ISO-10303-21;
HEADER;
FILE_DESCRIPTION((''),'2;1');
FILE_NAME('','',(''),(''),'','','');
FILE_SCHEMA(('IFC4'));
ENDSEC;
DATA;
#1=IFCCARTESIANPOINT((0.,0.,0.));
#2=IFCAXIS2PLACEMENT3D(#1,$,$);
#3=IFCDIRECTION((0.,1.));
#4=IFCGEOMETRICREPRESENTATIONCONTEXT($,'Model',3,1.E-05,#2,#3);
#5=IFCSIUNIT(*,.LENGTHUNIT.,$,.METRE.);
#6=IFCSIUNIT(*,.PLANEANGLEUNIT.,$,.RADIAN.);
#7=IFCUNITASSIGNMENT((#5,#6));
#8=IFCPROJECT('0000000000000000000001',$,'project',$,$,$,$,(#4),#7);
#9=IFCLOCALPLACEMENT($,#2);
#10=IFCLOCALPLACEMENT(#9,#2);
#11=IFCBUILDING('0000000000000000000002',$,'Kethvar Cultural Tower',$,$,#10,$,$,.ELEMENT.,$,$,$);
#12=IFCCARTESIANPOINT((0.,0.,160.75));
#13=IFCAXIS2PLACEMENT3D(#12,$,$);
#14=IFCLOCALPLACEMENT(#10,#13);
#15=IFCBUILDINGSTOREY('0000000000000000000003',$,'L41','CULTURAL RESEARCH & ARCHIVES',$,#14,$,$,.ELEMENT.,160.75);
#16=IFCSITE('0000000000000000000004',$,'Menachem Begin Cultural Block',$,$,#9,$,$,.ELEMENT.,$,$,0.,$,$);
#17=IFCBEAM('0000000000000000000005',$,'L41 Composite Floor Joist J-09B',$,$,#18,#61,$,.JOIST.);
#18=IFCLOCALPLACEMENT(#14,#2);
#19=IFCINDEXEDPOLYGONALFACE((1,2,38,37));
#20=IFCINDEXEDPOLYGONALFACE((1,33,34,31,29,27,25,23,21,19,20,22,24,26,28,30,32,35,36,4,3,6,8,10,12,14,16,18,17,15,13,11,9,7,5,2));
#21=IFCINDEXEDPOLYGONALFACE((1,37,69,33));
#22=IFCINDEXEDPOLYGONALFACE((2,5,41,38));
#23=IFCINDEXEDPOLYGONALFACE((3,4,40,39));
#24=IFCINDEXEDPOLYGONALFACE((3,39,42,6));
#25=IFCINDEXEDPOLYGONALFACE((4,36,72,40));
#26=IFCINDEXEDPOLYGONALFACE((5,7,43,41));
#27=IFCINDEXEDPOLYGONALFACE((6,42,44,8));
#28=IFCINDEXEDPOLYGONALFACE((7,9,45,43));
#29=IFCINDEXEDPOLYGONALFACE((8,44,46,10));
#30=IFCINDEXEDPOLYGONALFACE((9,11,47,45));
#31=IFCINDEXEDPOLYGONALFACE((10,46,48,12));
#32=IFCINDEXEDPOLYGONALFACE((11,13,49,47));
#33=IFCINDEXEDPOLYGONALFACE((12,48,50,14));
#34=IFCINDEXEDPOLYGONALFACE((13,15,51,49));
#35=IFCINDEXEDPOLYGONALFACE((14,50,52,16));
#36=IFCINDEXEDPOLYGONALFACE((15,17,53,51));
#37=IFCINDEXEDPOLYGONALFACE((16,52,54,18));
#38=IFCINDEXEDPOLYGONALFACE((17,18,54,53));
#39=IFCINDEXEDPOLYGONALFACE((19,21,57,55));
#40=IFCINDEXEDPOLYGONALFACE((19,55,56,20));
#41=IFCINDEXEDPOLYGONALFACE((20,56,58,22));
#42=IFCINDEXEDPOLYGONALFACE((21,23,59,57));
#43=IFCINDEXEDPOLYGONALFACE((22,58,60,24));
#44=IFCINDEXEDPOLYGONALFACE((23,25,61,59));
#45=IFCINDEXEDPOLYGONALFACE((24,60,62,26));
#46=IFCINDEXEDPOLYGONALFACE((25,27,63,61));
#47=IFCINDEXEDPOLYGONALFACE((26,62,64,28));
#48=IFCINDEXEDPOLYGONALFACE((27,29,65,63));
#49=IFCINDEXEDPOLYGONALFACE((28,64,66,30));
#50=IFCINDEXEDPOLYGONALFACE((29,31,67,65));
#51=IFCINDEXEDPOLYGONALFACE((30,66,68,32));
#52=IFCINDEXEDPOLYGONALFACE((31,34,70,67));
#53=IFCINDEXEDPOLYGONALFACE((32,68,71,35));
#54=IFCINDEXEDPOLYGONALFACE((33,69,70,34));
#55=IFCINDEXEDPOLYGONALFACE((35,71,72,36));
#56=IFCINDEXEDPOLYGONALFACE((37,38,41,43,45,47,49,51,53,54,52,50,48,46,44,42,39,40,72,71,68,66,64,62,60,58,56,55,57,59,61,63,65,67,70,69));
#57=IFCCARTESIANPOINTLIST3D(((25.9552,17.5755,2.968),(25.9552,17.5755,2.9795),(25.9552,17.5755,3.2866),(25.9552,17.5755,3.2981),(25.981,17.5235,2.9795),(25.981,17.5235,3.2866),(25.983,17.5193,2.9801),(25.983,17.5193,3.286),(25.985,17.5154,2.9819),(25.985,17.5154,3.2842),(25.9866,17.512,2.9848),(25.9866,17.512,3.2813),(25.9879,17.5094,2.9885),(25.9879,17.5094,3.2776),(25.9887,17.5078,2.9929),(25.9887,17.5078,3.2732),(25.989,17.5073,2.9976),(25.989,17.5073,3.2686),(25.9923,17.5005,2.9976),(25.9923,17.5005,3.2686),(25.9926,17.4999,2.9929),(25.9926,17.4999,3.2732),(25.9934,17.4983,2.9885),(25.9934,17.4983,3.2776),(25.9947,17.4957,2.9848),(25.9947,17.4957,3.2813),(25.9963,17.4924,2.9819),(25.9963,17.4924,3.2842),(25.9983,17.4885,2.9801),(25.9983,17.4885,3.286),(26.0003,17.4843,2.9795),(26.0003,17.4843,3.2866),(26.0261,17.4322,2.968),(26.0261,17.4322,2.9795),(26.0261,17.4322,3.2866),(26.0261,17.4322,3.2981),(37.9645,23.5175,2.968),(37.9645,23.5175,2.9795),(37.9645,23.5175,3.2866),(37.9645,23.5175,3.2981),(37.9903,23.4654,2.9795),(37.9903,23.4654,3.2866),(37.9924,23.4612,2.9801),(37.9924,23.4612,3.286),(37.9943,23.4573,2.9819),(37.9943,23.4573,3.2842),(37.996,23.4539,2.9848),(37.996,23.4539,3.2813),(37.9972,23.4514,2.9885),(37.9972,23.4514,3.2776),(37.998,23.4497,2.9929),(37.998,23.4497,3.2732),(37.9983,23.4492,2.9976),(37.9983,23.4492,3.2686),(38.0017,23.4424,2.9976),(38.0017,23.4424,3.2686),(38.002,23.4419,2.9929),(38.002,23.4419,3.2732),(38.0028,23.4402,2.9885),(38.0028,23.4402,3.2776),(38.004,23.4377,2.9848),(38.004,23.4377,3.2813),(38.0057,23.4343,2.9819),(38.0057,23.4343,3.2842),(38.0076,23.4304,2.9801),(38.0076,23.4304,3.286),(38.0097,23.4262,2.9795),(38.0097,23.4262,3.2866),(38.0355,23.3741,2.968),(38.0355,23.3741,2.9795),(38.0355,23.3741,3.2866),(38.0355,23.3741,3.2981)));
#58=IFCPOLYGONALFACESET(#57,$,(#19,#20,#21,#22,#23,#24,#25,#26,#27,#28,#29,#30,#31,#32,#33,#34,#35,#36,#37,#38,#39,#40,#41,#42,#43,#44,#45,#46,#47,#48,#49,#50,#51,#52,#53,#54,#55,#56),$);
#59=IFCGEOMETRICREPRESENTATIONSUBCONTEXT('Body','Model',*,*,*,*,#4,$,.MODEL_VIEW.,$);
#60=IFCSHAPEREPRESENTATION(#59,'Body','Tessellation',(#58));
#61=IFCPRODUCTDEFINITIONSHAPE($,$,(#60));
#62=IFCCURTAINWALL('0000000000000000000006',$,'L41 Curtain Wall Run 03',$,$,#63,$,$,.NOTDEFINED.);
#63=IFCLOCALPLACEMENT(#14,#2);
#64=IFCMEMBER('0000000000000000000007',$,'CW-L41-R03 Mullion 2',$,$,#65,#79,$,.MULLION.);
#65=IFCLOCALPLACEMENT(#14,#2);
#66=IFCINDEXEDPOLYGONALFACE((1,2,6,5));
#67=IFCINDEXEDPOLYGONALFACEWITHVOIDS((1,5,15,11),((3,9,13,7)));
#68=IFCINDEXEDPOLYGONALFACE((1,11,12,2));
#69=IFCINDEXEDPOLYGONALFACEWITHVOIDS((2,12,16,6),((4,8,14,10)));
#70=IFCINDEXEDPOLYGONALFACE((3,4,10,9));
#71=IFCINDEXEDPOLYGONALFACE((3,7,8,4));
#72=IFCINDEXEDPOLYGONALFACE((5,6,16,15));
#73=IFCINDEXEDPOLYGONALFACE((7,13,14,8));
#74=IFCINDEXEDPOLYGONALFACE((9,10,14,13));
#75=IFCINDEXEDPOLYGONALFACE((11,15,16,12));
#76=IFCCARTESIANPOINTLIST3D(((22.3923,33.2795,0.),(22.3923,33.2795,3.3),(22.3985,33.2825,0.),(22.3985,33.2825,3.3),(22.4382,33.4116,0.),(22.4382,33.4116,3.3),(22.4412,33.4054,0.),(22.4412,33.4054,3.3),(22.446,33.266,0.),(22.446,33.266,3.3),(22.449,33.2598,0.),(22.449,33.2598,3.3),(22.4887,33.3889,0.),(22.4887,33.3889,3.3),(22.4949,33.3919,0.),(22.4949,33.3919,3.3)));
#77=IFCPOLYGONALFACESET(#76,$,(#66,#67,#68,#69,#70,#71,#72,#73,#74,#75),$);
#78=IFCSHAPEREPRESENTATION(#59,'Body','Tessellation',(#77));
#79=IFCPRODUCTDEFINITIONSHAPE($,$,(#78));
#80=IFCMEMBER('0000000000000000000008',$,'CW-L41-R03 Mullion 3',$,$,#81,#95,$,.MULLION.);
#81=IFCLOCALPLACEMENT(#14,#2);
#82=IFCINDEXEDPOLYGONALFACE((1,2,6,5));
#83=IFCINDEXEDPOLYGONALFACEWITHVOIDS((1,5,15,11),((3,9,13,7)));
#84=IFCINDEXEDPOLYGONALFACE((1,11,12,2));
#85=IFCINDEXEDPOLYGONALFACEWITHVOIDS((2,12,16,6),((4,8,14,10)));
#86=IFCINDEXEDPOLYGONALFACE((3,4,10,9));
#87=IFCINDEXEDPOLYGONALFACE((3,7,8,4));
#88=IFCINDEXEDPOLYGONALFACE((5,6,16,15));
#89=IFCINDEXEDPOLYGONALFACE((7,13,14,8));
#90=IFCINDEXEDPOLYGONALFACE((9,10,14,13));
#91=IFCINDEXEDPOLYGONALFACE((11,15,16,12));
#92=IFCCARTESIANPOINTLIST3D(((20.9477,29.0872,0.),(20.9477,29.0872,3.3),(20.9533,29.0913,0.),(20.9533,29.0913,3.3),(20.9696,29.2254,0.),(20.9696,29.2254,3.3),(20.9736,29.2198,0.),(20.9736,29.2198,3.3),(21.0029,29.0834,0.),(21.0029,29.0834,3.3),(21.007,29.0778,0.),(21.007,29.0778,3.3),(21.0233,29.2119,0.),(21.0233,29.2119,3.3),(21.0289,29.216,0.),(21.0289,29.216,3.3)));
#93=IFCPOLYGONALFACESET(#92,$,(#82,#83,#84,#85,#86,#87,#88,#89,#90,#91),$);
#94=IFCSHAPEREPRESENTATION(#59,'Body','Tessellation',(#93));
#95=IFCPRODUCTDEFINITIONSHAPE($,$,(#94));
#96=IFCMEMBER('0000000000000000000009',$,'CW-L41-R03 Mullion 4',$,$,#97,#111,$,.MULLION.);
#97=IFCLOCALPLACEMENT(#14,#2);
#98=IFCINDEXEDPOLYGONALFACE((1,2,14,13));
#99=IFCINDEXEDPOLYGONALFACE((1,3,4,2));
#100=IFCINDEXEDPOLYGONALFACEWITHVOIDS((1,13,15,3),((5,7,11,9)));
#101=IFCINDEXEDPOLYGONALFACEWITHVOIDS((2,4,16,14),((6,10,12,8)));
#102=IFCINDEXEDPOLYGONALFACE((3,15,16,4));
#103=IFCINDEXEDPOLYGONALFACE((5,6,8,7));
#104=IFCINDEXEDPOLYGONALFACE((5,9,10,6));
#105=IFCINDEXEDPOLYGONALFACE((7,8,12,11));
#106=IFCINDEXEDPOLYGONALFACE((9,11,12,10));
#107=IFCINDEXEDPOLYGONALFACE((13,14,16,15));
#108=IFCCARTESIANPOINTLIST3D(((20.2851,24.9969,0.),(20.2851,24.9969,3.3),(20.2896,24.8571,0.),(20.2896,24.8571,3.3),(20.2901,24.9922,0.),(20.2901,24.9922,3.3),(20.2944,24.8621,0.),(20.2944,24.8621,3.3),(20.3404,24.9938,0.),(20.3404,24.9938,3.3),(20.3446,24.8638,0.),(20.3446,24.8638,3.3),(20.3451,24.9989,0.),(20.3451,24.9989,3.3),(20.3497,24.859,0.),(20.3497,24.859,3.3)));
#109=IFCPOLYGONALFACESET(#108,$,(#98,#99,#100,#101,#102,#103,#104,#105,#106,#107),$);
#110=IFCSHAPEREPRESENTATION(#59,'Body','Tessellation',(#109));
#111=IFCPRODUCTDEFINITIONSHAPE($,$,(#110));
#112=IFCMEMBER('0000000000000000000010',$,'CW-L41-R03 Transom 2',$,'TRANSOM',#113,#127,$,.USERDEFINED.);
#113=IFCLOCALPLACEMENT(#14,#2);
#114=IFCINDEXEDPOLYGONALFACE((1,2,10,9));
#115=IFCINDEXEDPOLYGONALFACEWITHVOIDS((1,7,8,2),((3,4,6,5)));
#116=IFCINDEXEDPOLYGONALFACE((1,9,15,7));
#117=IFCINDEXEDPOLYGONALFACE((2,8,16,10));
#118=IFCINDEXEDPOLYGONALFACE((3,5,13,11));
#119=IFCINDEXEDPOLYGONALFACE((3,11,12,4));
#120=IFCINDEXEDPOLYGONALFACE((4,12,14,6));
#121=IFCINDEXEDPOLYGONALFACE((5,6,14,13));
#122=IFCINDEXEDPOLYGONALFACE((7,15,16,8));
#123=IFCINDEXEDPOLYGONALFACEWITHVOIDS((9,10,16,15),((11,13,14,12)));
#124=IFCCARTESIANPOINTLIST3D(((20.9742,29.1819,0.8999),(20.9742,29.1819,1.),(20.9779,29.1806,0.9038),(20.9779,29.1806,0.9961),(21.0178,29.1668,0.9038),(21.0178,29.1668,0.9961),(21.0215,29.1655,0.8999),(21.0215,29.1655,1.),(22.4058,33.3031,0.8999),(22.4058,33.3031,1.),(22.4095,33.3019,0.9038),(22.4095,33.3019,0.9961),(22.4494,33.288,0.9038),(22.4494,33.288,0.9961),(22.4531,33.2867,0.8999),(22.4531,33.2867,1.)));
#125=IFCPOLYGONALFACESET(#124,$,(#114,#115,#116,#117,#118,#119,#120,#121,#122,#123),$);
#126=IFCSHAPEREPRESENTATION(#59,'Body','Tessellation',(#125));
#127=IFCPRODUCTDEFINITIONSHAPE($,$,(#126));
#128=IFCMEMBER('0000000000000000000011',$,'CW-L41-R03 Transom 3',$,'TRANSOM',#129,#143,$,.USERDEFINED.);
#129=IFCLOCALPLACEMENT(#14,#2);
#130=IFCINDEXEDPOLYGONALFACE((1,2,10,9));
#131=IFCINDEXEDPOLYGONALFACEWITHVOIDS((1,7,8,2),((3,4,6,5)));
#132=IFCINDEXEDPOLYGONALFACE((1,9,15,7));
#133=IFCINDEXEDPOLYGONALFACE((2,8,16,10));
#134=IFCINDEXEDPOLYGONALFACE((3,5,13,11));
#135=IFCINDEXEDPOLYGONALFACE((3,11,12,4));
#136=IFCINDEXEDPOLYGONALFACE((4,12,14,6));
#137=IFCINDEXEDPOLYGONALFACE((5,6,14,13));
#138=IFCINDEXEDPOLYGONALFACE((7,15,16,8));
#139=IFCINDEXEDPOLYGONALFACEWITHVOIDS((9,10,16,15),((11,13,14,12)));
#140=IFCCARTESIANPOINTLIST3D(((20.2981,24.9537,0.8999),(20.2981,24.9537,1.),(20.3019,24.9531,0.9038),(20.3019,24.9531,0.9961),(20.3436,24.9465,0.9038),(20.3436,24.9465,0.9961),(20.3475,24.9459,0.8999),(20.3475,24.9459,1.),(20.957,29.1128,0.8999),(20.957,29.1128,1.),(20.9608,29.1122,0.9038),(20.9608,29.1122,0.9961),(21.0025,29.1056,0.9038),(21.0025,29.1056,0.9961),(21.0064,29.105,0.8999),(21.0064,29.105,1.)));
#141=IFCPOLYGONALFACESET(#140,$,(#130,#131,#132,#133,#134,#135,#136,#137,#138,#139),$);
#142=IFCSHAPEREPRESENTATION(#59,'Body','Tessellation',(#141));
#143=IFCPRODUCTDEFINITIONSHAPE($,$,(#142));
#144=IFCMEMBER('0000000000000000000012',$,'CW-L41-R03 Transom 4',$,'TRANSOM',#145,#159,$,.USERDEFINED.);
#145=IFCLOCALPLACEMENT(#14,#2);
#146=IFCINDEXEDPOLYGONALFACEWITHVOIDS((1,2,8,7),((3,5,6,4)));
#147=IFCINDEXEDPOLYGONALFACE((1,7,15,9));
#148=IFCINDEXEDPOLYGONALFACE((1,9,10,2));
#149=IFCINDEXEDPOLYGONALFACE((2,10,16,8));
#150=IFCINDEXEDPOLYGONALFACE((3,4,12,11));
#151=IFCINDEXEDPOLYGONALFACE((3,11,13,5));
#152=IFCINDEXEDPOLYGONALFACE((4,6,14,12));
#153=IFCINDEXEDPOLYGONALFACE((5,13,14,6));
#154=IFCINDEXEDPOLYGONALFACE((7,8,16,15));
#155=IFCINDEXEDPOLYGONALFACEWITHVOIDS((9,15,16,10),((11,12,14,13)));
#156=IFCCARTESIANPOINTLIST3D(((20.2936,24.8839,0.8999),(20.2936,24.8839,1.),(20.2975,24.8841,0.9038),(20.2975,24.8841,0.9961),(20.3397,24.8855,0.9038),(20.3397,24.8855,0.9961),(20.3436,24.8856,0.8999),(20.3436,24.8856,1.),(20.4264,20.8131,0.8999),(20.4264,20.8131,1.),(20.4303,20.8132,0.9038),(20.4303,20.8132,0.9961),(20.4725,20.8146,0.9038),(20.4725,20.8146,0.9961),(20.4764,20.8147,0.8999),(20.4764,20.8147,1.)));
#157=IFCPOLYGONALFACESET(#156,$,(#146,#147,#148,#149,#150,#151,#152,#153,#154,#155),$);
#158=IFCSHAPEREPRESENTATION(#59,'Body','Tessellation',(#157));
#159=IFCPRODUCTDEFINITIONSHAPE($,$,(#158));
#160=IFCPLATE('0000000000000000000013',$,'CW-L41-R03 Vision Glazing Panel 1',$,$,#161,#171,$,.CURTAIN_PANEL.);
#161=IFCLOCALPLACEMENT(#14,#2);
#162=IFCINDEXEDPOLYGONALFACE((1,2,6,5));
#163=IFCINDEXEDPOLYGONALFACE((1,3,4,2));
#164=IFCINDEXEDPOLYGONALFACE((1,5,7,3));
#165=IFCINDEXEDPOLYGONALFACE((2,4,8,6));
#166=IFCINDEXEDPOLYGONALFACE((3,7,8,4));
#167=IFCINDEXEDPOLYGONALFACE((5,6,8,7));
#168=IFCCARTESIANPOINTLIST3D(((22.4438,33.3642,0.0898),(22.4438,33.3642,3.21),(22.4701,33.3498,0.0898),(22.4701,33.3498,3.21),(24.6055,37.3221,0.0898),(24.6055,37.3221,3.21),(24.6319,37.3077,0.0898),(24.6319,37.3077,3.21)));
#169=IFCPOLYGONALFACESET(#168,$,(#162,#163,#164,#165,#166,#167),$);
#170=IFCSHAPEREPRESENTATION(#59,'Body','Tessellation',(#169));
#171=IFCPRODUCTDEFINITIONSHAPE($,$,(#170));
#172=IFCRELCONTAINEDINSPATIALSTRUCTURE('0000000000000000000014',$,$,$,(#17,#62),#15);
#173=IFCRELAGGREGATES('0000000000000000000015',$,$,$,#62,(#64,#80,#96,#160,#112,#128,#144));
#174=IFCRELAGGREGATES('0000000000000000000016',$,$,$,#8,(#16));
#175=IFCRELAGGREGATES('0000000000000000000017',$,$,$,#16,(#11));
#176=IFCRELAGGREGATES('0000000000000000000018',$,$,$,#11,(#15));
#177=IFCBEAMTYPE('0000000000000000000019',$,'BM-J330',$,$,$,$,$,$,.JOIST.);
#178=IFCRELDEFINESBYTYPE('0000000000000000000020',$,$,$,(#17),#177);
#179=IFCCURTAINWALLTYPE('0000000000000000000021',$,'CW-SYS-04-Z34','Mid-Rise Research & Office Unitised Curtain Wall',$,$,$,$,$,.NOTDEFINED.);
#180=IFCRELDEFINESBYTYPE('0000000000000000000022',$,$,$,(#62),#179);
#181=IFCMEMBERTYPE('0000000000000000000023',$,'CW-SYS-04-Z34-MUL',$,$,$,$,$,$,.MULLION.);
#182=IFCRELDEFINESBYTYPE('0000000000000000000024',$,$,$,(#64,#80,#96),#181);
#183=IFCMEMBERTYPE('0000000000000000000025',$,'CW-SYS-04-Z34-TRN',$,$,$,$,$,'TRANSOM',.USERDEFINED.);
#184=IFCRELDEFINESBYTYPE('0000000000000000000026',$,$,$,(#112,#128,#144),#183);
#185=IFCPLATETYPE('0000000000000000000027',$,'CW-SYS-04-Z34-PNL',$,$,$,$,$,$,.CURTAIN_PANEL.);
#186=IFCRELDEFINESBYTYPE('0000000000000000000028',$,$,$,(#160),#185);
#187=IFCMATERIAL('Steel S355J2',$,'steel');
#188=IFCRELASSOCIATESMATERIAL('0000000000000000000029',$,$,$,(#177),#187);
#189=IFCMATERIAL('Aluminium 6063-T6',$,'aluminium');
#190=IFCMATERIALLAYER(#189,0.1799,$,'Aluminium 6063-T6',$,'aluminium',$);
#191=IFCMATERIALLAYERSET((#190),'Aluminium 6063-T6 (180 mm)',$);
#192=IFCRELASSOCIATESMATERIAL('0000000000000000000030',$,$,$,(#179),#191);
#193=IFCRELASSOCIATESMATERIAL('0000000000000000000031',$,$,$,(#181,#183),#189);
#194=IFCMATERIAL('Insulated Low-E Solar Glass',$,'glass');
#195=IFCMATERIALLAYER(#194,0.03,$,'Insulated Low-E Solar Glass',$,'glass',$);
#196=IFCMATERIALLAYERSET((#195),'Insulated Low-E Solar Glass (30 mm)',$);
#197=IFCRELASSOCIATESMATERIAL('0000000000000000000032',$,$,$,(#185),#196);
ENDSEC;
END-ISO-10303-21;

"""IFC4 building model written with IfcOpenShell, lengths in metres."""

from ifc_helpers import new_model, si_unit, direction, frame, origin, origin_2d, place, context, subcontext, project, spatial, rectangle, hollow_rectangle, i_section, extrude, source, transform, mapped, material, layer, layer_set, material_profile, profile_set, type_object, element, aggregate, save


model = new_model("IFC4")

# Units and contexts
model_context = context("Model", 3, precision=1e-05, world=origin(), true_north=direction((0.0, 1.0)))
body_context = subcontext(model_context, "Body", "Model", "MODEL_VIEW")
ifc_project = project(units=[si_unit("LENGTHUNIT", "METRE"), si_unit("PLANEANGLEUNIT", "RADIAN")], contexts=[model_context])

# Site, building, storey
site_placement = place(None, origin())
site = spatial("IfcSite", under=ifc_project, at=site_placement, Name="Menachem Begin Cultural Block", CompositionType="ELEMENT", RefElevation=0.0)
building_placement = place(site_placement, origin())
building = spatial("IfcBuilding", under=site, at=building_placement, Name="Kethvar Cultural Tower", CompositionType="ELEMENT")
storey_placement = place(building_placement, frame((0.0, 0.0, 160.75)))
storey = spatial("IfcBuildingStorey", under=building, at=storey_placement, Name="L41", Description="CULTURAL RESEARCH & ARCHIVES", CompositionType="ELEMENT", Elevation=160.75)

# Beam
ifc_material_1 = material(Name="Steel S355J2", Category="steel")
ifc_material_profile_1 = material_profile(ifc_material_1, i_section(OverallWidth=0.1599, OverallDepth=0.3301, WebThickness=0.0076, FlangeThickness=0.0115, FilletRadius=0.0181, at=origin_2d()), Name="Steel S355J2 — IPE330")
ifc_profile_set_1 = profile_set([ifc_material_profile_1], Name="Steel S355J2 — IPE330")
beam_type_1 = type_object("IfcBeamType", Name="BM-J330", PredefinedType="JOIST", material=ifc_profile_set_1)
shared_shape_1 = source(origin(), body_context, "Body", "SweptSolid", [
    extrude(i_section(OverallWidth=0.1599, OverallDepth=0.3301, WebThickness=0.0076, FlangeThickness=0.0115, FilletRadius=0.0181, at=origin_2d()), origin(), (0.0, 0.0, 1.0), 13.3989),
])
beam_1_placement = place(storey_placement, frame((38.0, 23.4458, 3.1331), z_axis=(-0.896292, -0.443463, 0.0), x_axis=(0.443463, -0.896292, 0.0)))
element("IfcBeam", 1, at=beam_1_placement, inside=storey, type_object=beam_type_1, Name="L41 Composite Floor Joist J-09B", PredefinedType="JOIST", context=body_context, shape_type="MappedRepresentation", body=[
    mapped(shared_shape_1, transform((0.0, 0.0, 0.0), scale=1.0)),
])

# Curtain wall, members, plate
ifc_material_2 = material(Name="Aluminium 6063-T6", Category="aluminium")
ifc_layer_1 = layer(ifc_material_2, 0.1799, Name="Aluminium 6063-T6", Category="aluminium")
ifc_layer_set_1 = layer_set([ifc_layer_1], Name="Aluminium 6063-T6 (180 mm)")
curtain_wall_type = type_object("IfcCurtainWallType", Name="CW-SYS-04-Z34", Description="Mid-Rise Research & Office Unitised Curtain Wall", PredefinedType="NOTDEFINED", material=ifc_layer_set_1)
curtain_wall_placement = place(storey_placement, origin())
curtain_wall = element("IfcCurtainWall", 2, at=curtain_wall_placement, inside=storey, type_object=curtain_wall_type, Name="L41 Curtain Wall Run 03", PredefinedType="NOTDEFINED")
ifc_material_profile_2 = material_profile(ifc_material_2, hollow_rectangle(XDim=0.0601, YDim=0.1399, WallThickness=0.0049, at=origin_2d()), Name="Aluminium 6063-T6 — RHS140x60x5")
ifc_profile_set_2 = profile_set([ifc_material_profile_2], Name="Aluminium 6063-T6 — RHS140x60x5")
member_type_1 = type_object("IfcMemberType", Name="CW-SYS-04-Z34-MUL", PredefinedType="MULLION", material=ifc_profile_set_2)
shared_shape_2 = source(origin(), body_context, "Body", "SweptSolid", [
    extrude(hollow_rectangle(XDim=0.0601, YDim=0.1399, WallThickness=0.0049, at=origin_2d()), origin(), (0.0, 0.0, 1.0), 3.3),
])
member_1_placement = place(storey_placement, frame((22.4436, 33.3357, 0.0), z_axis=(0.0, 0.0, 1.0), x_axis=(0.944629, -0.328141, 0.0)))
member_1 = element("IfcMember", 3, at=member_1_placement, type_object=member_type_1, Name="CW-L41-R03 Mullion 2", PredefinedType="MULLION", context=body_context, shape_type="MappedRepresentation", body=[
    mapped(shared_shape_2, transform((0.0, 0.0, 0.0), scale=1.0)),
])
member_2_placement = place(storey_placement, frame((20.9883, 29.1516, 0.0), z_axis=(0.0, 0.0, 1.0), x_axis=(0.987683, -0.156469, 0.0)))
member_2 = element("IfcMember", 4, at=member_2_placement, type_object=member_type_1, Name="CW-L41-R03 Mullion 3", PredefinedType="MULLION", context=body_context, shape_type="MappedRepresentation", body=[
    mapped(shared_shape_2, transform((0.0, 0.0, 0.0), scale=1.0)),
])
member_3_placement = place(storey_placement, frame((20.3174, 24.928, 0.0), z_axis=(0.0, 0.0, 1.0), x_axis=(0.999469, 0.03258, 0.0)))
member_3 = element("IfcMember", 5, at=member_3_placement, type_object=member_type_1, Name="CW-L41-R03 Mullion 4", PredefinedType="MULLION", context=body_context, shape_type="MappedRepresentation", body=[
    mapped(shared_shape_2, transform((0.0, 0.0, 0.0), scale=1.0)),
])
ifc_material_profile_3 = material_profile(ifc_material_2, hollow_rectangle(XDim=0.05, YDim=0.1001, WallThickness=0.0039, at=origin_2d()), Name="Aluminium 6063-T6 — RHS100x50x4")
ifc_profile_set_3 = profile_set([ifc_material_profile_3], Name="Aluminium 6063-T6 — RHS100x50x4")
member_type_2 = type_object("IfcMemberType", Name="CW-SYS-04-Z34-TRN", ElementType="TRANSOM", PredefinedType="USERDEFINED", material=ifc_profile_set_3)
shared_shape_3 = source(origin(), body_context, "Body", "SweptSolid", [
    extrude(hollow_rectangle(XDim=0.05, YDim=0.1001, WallThickness=0.0039, at=origin_2d()), origin(), (0.0, 0.0, 1.0), 4.3628),
])
member_4_placement = place(storey_placement, frame((22.4294, 33.2949, 0.95), z_axis=(-0.328139, -0.94463, 0.0), x_axis=(0.94463, -0.328139, 0.0)))
member_4 = element("IfcMember", 6, at=member_4_placement, type_object=member_type_2, Name="CW-L41-R03 Transom 2", ObjectType="TRANSOM", PredefinedType="USERDEFINED", context=body_context, shape_type="MappedRepresentation", body=[
    mapped(shared_shape_3, transform((0.0, 0.0, 0.0), scale=1.0)),
])
shared_shape_4 = source(origin(), body_context, "Body", "SweptSolid", [
    extrude(hollow_rectangle(XDim=0.05, YDim=0.1001, WallThickness=0.0039, at=origin_2d()), origin(), (0.0, 0.0, 1.0), 4.2109),
])
member_5_placement = place(storey_placement, frame((20.9817, 29.1089, 0.95), z_axis=(-0.156478, -0.987682, 0.0), x_axis=(0.987682, -0.156478, 0.0)))
member_5 = element("IfcMember", 7, at=member_5_placement, type_object=member_type_2, Name="CW-L41-R03 Transom 3", ObjectType="TRANSOM", PredefinedType="USERDEFINED", context=body_context, shape_type="MappedRepresentation", body=[
    mapped(shared_shape_4, transform((0.0, 0.0, 0.0), scale=1.0)),
])
shared_shape_5 = source(origin(), body_context, "Body", "SweptSolid", [
    extrude(hollow_rectangle(XDim=0.05, YDim=0.1001, WallThickness=0.0039, at=origin_2d()), origin(), (0.0, 0.0, 1.0), 4.073),
])
member_6_placement = place(storey_placement, frame((20.3186, 24.8848, 0.95), z_axis=(0.032608, -0.999468, 0.0), x_axis=(0.999468, 0.032608, 0.0)))
member_6 = element("IfcMember", 8, at=member_6_placement, type_object=member_type_2, Name="CW-L41-R03 Transom 4", ObjectType="TRANSOM", PredefinedType="USERDEFINED", context=body_context, shape_type="MappedRepresentation", body=[
    mapped(shared_shape_5, transform((0.0, 0.0, 0.0), scale=1.0)),
])
ifc_material_3 = material(Name="Insulated Low-E Solar Glass", Category="glass")
ifc_layer_2 = layer(ifc_material_3, 0.03, Name="Insulated Low-E Solar Glass", Category="glass")
ifc_layer_set_2 = layer_set([ifc_layer_2], Name="Insulated Low-E Solar Glass (30 mm)")
plate_type = type_object("IfcPlateType", Name="CW-SYS-04-Z34-PNL", PredefinedType="CURTAIN_PANEL", material=ifc_layer_set_2)
shared_shape_6 = source(origin(), body_context, "Body", "SweptSolid", [
    extrude(rectangle(XDim=4.5098, YDim=0.03, at=origin_2d()), origin(), (0.0, 0.0, 1.0), 3.1201),
])
plate_1_placement = place(storey_placement, frame((23.5378, 35.3359, 0.0898), z_axis=(0.0, 0.0, 1.0), x_axis=(-0.479351, -0.877623, 0.0)))
plate_1 = element("IfcPlate", 9, at=plate_1_placement, type_object=plate_type, Name="CW-L41-R03 Vision Glazing Panel 1", PredefinedType="CURTAIN_PANEL", context=body_context, shape_type="MappedRepresentation", body=[
    mapped(shared_shape_6, transform((0.0, 0.0, 0.0), scale=1.0)),
])
aggregate(curtain_wall, [member_1, member_2, member_3, plate_1, member_4, member_5, member_6])

save(model, "model.ifc")
